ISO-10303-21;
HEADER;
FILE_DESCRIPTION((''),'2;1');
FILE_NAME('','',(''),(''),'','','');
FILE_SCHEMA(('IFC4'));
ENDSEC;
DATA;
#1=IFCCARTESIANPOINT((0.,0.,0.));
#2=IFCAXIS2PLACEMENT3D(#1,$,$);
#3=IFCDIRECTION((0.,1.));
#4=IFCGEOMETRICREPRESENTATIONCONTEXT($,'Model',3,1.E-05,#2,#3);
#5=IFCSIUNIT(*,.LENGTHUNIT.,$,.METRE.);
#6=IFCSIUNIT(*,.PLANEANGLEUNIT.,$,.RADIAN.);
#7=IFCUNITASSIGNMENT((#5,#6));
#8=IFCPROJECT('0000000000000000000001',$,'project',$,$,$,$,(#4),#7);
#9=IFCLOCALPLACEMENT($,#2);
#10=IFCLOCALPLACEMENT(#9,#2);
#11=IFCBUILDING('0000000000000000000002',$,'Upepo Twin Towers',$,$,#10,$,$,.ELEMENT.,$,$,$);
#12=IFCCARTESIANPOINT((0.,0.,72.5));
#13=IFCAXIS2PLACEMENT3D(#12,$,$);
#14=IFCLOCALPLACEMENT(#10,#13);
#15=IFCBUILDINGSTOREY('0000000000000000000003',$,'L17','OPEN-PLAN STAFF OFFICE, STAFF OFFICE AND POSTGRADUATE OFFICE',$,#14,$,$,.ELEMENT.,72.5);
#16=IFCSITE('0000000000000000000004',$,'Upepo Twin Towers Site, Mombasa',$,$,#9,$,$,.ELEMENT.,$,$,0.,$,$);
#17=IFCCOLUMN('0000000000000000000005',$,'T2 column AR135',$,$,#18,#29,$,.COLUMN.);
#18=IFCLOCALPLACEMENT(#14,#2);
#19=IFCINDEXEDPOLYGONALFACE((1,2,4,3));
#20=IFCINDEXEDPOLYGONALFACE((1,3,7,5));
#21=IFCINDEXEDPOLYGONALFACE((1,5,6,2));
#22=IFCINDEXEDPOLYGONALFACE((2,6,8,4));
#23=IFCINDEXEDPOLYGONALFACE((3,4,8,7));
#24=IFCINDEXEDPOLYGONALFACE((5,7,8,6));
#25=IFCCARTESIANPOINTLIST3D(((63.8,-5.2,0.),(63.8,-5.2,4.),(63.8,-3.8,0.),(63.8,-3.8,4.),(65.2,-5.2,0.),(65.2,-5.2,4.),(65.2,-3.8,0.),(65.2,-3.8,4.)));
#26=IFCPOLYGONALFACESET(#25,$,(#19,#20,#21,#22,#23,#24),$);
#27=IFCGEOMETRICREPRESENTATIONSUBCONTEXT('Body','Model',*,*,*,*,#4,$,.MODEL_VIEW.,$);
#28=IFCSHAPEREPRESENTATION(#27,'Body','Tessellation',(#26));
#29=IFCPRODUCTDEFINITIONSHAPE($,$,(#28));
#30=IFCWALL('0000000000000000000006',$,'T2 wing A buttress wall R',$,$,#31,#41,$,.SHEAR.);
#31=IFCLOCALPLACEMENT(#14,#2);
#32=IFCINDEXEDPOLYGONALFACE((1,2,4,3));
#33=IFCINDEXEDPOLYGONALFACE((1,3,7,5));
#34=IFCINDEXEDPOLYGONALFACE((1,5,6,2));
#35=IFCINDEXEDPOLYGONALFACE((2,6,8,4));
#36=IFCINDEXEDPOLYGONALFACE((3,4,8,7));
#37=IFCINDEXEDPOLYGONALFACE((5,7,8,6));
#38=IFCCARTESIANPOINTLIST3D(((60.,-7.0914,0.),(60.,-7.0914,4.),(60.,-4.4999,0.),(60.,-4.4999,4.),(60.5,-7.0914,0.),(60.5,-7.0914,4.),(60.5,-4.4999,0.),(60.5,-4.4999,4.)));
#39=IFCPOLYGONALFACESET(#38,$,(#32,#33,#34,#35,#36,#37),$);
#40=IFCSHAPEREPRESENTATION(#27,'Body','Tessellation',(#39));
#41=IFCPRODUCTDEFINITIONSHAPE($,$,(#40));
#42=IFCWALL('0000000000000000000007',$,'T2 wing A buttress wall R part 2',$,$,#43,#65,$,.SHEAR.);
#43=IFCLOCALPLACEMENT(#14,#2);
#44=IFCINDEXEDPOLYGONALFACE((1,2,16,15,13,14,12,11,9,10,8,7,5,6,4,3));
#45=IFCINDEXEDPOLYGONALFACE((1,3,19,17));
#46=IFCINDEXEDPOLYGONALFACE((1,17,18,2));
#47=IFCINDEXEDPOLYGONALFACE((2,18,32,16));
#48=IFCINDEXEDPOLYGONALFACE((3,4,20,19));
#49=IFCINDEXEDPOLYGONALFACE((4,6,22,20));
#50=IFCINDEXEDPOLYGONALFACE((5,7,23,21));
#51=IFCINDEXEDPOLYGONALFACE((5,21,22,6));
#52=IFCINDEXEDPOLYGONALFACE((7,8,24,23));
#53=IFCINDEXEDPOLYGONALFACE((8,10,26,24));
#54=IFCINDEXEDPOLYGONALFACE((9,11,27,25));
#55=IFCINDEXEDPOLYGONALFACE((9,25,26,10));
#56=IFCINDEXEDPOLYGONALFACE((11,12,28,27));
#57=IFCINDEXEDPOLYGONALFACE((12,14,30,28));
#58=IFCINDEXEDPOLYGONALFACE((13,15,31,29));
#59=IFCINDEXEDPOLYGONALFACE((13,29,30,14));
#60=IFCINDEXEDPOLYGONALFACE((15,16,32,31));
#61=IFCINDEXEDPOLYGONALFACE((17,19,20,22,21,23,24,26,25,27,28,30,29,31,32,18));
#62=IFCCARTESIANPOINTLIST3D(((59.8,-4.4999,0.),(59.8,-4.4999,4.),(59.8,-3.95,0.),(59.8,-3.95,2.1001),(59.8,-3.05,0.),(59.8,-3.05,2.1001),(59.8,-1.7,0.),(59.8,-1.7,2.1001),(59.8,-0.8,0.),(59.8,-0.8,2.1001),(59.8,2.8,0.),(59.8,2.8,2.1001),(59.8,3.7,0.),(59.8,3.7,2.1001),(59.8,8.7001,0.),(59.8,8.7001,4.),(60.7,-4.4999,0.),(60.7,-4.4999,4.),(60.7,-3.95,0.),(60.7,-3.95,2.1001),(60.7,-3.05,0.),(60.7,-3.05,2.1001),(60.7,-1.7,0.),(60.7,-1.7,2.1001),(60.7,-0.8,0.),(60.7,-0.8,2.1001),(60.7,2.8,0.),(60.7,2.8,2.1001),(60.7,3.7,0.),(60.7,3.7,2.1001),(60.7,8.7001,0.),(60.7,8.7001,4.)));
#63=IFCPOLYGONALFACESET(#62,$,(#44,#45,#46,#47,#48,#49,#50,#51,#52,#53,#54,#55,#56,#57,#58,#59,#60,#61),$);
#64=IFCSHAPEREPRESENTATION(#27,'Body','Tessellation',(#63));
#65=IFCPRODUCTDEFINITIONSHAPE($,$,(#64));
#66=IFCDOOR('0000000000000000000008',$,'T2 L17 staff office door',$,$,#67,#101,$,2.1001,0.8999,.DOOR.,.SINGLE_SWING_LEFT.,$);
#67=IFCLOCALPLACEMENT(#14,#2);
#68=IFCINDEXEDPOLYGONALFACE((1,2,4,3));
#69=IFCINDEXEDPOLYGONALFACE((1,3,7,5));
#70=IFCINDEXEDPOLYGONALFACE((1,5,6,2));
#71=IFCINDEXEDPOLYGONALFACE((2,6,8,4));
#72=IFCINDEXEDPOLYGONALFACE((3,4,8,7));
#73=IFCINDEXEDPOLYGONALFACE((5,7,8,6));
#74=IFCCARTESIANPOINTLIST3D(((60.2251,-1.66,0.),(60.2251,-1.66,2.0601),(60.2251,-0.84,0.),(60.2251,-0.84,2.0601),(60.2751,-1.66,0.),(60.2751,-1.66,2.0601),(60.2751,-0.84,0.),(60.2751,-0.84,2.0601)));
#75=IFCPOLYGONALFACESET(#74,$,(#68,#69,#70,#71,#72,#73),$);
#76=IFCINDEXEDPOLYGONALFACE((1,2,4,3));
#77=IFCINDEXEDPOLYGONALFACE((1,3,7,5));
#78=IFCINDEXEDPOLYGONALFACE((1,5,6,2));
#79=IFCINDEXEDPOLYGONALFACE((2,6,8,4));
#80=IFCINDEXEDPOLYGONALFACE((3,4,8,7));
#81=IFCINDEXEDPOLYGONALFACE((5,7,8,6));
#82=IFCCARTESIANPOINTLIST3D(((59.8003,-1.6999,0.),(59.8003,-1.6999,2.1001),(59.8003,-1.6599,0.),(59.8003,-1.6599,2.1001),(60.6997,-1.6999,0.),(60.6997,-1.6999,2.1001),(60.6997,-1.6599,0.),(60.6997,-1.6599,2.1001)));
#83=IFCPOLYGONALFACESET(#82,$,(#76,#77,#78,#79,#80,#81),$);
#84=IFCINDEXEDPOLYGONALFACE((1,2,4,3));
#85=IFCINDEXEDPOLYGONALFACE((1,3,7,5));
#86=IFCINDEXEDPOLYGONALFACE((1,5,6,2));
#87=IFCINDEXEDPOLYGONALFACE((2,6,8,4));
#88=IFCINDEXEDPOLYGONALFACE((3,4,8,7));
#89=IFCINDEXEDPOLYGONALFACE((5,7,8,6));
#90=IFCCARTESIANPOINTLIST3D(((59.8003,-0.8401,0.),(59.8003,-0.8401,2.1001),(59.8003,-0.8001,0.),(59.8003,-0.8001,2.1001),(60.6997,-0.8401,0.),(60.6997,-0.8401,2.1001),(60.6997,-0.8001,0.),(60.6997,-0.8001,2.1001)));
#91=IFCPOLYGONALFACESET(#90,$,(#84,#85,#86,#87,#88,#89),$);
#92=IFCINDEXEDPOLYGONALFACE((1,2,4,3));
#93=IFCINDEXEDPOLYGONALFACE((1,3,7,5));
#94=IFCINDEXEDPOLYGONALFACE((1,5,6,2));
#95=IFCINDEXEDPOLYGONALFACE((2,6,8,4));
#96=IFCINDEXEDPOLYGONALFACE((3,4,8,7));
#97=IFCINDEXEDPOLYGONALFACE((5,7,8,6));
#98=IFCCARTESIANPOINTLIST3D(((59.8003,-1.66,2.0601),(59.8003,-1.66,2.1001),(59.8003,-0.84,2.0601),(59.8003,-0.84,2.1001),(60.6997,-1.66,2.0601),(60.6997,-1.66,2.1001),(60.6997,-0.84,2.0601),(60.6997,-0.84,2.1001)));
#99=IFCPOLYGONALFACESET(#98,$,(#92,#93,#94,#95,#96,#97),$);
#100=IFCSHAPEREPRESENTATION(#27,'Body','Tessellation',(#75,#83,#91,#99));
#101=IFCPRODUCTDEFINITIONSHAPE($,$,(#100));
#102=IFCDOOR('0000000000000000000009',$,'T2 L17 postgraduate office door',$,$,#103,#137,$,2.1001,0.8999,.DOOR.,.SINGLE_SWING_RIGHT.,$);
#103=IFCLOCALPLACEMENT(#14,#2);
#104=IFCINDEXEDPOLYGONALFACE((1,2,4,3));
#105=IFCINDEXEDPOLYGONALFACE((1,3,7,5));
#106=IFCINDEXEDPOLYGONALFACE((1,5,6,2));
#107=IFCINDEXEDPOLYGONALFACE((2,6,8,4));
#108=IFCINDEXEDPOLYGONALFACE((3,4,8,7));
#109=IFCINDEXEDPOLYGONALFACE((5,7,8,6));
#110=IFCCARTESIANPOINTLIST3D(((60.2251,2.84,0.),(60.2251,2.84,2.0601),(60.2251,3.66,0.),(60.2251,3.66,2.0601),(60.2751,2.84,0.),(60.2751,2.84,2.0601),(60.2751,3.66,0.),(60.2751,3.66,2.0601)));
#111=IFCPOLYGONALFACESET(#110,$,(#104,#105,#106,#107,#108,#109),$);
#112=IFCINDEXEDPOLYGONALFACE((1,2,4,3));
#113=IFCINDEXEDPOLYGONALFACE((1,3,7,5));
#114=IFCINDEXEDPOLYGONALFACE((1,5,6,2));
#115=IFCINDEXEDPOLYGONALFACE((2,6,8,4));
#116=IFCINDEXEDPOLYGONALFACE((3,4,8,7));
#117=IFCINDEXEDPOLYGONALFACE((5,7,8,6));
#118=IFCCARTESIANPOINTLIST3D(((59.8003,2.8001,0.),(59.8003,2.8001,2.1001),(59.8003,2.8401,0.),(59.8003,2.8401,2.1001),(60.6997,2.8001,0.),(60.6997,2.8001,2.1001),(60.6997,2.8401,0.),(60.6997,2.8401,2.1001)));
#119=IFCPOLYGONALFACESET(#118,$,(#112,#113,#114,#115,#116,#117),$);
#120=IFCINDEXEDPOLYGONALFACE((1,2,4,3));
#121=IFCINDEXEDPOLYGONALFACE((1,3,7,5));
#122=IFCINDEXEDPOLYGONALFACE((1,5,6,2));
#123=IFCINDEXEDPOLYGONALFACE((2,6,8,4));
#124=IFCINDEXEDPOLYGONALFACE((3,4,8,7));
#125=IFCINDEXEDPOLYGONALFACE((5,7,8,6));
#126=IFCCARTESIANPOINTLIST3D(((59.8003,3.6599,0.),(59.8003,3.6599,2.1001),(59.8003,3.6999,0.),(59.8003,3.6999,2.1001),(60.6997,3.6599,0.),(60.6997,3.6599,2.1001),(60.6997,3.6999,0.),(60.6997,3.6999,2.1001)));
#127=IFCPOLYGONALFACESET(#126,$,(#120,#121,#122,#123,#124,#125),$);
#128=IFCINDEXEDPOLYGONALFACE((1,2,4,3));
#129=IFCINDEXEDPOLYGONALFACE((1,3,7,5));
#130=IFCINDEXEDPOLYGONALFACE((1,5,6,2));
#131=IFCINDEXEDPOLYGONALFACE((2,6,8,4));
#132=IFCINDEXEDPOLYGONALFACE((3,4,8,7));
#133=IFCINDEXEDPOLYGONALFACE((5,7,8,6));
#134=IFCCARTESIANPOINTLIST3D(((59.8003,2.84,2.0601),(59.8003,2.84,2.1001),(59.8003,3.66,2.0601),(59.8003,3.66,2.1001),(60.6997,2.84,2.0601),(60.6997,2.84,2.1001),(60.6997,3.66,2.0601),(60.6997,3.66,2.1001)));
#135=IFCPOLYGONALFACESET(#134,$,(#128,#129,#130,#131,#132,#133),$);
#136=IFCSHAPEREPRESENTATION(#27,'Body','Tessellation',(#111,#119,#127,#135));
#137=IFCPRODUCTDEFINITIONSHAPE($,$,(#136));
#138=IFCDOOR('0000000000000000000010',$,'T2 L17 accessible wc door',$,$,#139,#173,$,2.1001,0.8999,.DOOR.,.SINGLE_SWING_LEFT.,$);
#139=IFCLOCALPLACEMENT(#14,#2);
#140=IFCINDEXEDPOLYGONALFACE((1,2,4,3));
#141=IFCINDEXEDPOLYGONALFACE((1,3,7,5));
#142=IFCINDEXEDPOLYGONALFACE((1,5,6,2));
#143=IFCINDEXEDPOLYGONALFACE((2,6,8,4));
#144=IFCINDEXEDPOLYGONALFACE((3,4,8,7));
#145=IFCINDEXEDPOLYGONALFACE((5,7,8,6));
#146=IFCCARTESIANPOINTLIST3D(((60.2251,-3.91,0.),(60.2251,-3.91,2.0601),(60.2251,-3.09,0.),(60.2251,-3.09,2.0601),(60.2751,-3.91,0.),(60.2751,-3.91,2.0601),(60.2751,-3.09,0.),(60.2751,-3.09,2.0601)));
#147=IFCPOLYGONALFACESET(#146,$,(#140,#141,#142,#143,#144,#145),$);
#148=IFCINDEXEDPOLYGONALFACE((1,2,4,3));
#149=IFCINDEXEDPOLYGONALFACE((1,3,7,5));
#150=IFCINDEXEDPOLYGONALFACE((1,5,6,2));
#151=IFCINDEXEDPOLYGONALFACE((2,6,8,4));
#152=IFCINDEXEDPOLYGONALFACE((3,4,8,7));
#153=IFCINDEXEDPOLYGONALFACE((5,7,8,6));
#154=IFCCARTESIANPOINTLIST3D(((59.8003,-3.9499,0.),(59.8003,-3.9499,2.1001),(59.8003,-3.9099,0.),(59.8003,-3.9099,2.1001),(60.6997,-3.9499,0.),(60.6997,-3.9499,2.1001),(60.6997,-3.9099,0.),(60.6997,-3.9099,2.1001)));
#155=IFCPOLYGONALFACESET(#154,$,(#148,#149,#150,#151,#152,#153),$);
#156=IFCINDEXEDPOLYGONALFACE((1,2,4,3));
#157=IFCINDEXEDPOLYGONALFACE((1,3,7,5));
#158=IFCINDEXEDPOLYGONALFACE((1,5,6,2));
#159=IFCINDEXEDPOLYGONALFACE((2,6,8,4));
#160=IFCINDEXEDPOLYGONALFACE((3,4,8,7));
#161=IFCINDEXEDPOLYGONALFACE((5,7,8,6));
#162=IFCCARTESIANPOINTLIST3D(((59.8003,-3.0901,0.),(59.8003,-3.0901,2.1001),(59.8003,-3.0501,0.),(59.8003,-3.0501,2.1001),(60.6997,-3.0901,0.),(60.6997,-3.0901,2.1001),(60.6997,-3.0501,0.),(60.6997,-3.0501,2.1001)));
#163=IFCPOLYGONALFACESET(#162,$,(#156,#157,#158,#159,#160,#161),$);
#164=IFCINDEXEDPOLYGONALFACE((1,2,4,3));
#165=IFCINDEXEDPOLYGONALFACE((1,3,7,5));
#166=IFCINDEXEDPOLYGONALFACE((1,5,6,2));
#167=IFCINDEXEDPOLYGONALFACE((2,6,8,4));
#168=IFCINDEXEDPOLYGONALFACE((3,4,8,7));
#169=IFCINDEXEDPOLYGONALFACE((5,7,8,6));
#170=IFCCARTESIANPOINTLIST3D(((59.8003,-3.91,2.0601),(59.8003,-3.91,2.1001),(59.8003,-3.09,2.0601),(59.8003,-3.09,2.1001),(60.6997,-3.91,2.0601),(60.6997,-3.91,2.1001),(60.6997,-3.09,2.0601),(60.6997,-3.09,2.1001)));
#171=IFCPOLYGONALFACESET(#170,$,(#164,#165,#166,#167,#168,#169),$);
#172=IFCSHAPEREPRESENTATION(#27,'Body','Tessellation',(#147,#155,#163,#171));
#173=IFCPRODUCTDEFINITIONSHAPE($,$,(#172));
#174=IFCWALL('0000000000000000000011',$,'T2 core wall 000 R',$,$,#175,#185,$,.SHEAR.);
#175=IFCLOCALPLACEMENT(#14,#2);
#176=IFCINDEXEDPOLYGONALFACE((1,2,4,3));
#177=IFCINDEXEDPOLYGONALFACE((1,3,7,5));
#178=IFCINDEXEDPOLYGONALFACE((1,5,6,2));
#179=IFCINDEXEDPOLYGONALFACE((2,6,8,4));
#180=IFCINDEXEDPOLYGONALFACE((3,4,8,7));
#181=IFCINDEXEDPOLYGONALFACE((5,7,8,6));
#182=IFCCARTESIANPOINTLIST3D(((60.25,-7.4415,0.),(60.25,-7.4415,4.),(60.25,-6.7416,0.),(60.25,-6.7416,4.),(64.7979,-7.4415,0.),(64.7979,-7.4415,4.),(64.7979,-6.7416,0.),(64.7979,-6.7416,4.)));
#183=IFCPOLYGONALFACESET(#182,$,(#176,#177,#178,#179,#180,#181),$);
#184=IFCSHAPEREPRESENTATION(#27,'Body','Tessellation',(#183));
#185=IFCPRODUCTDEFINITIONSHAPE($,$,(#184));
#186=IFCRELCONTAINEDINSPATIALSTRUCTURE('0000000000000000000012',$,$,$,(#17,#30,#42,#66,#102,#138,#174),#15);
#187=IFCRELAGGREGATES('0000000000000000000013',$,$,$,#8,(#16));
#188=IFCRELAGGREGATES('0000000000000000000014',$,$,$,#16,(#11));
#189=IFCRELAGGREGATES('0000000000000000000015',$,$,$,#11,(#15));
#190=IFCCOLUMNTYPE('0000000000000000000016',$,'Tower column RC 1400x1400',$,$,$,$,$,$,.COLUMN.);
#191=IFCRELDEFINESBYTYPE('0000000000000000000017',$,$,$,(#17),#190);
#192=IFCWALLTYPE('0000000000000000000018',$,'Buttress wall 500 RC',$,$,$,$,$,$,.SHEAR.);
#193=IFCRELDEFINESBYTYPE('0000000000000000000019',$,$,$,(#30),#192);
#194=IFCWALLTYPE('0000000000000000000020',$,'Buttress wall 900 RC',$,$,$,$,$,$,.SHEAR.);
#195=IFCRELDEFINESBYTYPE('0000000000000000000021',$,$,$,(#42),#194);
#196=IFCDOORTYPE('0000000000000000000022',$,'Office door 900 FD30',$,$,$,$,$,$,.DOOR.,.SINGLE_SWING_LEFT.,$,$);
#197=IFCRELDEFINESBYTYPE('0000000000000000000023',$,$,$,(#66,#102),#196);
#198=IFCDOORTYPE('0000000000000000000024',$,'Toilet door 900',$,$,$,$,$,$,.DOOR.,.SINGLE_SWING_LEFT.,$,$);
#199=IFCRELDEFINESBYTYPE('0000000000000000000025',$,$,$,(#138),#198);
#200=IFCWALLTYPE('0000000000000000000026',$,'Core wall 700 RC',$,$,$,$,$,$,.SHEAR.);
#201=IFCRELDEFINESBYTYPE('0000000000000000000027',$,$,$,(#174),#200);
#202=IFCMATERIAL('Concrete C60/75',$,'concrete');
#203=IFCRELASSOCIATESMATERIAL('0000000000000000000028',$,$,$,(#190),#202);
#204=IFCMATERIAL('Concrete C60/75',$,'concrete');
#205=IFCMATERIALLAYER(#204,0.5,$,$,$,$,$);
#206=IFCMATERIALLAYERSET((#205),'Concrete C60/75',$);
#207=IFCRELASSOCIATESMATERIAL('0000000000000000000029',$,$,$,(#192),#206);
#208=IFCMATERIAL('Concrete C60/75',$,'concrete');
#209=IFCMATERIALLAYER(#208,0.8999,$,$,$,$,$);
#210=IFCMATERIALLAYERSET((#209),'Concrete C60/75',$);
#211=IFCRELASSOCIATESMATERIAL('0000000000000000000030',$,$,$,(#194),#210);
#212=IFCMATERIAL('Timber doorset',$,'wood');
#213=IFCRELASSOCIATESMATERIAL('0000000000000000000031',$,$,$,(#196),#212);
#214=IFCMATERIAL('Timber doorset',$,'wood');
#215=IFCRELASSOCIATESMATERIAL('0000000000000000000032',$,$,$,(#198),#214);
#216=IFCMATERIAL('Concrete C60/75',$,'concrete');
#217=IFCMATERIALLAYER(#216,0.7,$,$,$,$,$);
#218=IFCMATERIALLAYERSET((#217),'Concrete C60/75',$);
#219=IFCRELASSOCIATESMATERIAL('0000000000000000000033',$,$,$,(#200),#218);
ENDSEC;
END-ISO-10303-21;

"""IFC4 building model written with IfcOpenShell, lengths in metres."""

from ifc_helpers import new_model, si_unit, direction, frame, frame_2d, origin, origin_2d, place, context, subcontext, project, spatial, rectangle, extrude, material, layer, layer_set, material_profile, profile_set, type_object, element, fill, save


model = new_model("IFC4")

# Units and contexts
model_context = context("Model", 3, precision=1e-05, world=origin(), true_north=direction((0.0, 1.0)))
body_context = subcontext(model_context, "Body", "Model", "MODEL_VIEW")
ifc_project = project(units=[si_unit("LENGTHUNIT", "METRE"), si_unit("PLANEANGLEUNIT", "RADIAN")], contexts=[model_context])

# Site, building, storey
site_placement = place(None, origin())
site = spatial("IfcSite", under=ifc_project, at=site_placement, Name="Upepo Twin Towers Site, Mombasa", CompositionType="ELEMENT", RefElevation=0.0)
building_placement = place(site_placement, origin())
building = spatial("IfcBuilding", under=site, at=building_placement, Name="Upepo Twin Towers", CompositionType="ELEMENT")
storey_placement = place(building_placement, frame((0.0, 0.0, 72.5)))
storey = spatial("IfcBuildingStorey", under=building, at=storey_placement, Name="L17", Description="OPEN-PLAN STAFF OFFICE, STAFF OFFICE AND POSTGRADUATE OFFICE", CompositionType="ELEMENT", Elevation=72.5)

# Column
ifc_material_1 = material(Name="Concrete C60/75", Category="concrete")
ifc_material_profile = material_profile(ifc_material_1, rectangle(XDim=1.3999, YDim=1.3999, at=origin_2d()), Name="RC 1400x1400")
ifc_profile_set = profile_set([ifc_material_profile], Name="Concrete C60/75")
column_type = type_object("IfcColumnType", Name="Tower column RC 1400x1400", PredefinedType="COLUMN", material=ifc_profile_set)
column_placement = place(storey_placement, frame((64.5, -4.5, 0.0), z_axis=(0.0, 0.0, 1.0), x_axis=(1.0, 0.0, 0.0)))
element("IfcColumn", 1, at=column_placement, inside=storey, type_object=column_type, Name="T2 column AR135", PredefinedType="COLUMN", context=body_context, shape_type="SweptSolid", body=[
    extrude(rectangle(XDim=1.3999, YDim=1.3999, at=origin_2d()), origin(), (0.0, 0.0, 1.0), 4.0),
])

# Wall
ifc_material_2 = material(Name="Concrete C60/75", Category="concrete")
ifc_layer_1 = layer(ifc_material_2, 0.5)
ifc_layer_set_1 = layer_set([ifc_layer_1], Name="Concrete C60/75")
wall_type_1 = type_object("IfcWallType", Name="Buttress wall 500 RC", PredefinedType="SHEAR", material=ifc_layer_set_1)
wall_1_placement = place(storey_placement, frame((60.25, -7.0916, 0.0), z_axis=(0.0, 0.0, 1.0), x_axis=(0.0, 1.0, 0.0)))
element("IfcWall", 2, at=wall_1_placement, inside=storey, type_object=wall_type_1, Name="T2 wing A buttress wall R", PredefinedType="SHEAR", context=body_context, shape_type="SweptSolid", body=[
    extrude(rectangle(XDim=2.5916, YDim=0.5, at=frame_2d((1.2959, 0.0))), origin(), (0.0, 0.0, 1.0), 4.0),
])

# Wall, openings, doors
ifc_material_3 = material(Name="Concrete C60/75", Category="concrete")
ifc_layer_2 = layer(ifc_material_3, 0.8999)
ifc_layer_set_2 = layer_set([ifc_layer_2], Name="Concrete C60/75")
wall_type_2 = type_object("IfcWallType", Name="Buttress wall 900 RC", PredefinedType="SHEAR", material=ifc_layer_set_2)
wall_2_placement = place(storey_placement, frame((60.25, -4.5, 0.0), z_axis=(0.0, 0.0, 1.0), x_axis=(0.0, 1.0, 0.0)))
wall_2 = element("IfcWall", 3, at=wall_2_placement, inside=storey, type_object=wall_type_2, Name="T2 wing A buttress wall R part 2", PredefinedType="SHEAR", context=body_context, shape_type="SweptSolid", body=[
    extrude(rectangle(XDim=13.2, YDim=0.8999, at=frame_2d((6.6001, 0.0))), origin(), (0.0, 0.0, 1.0), 4.0),
])
opening_1_placement = place(wall_2_placement, frame((0.55, 0.0, 0.0)))
opening_1 = element("IfcOpeningElement", 4, at=opening_1_placement, cuts=wall_2, PredefinedType="OPENING", context=body_context, shape_type="SweptSolid", body=[
    extrude(rectangle(XDim=0.8999, YDim=2.1001, at=frame_2d((0.45, 1.05))), frame((0.0, 0.46, 0.0), z_axis=(0.0, -1.0, 0.0), x_axis=(1.0, 0.0, 0.0)), (0.0, 0.0, 1.0), 0.9199),
])
opening_2_placement = place(wall_2_placement, frame((2.8, 0.0, 0.0)))
opening_2 = element("IfcOpeningElement", 5, at=opening_2_placement, cuts=wall_2, PredefinedType="OPENING", context=body_context, shape_type="SweptSolid", body=[
    extrude(rectangle(XDim=0.8999, YDim=2.1001, at=frame_2d((0.45, 1.05))), frame((0.0, 0.46, 0.0), z_axis=(0.0, -1.0, 0.0), x_axis=(1.0, 0.0, 0.0)), (0.0, 0.0, 1.0), 0.9199),
])
opening_3_placement = place(wall_2_placement, frame((7.3, 0.0, 0.0)))
opening_3 = element("IfcOpeningElement", 6, at=opening_3_placement, cuts=wall_2, PredefinedType="OPENING", context=body_context, shape_type="SweptSolid", body=[
    extrude(rectangle(XDim=0.8999, YDim=2.1001, at=frame_2d((0.45, 1.05))), frame((0.0, 0.46, 0.0), z_axis=(0.0, -1.0, 0.0), x_axis=(1.0, 0.0, 0.0)), (0.0, 0.0, 1.0), 0.9199),
])
ifc_material_4 = material(Name="Timber doorset", Category="wood")
door_type_1 = type_object("IfcDoorType", Name="Office door 900 FD30", OperationType="SINGLE_SWING_LEFT", PredefinedType="DOOR", material=ifc_material_4)
door_1_placement = place(opening_2_placement, origin())
door_1 = element("IfcDoor", 7, at=door_1_placement, inside=storey, type_object=door_type_1, Name="T2 L17 staff office door", OperationType="SINGLE_SWING_LEFT", OverallHeight=2.1001, OverallWidth=0.8999, PredefinedType="DOOR", context=body_context, shape_type="SweptSolid", body=[
    extrude(rectangle(XDim=0.8199, YDim=2.0601, at=frame_2d((0.45, 1.03))), frame((0.0, 0.0249, 0.0), z_axis=(0.0, -1.0, 0.0), x_axis=(1.0, 0.0, 0.0)), (0.0, 0.0, 1.0), 0.05),
    extrude(rectangle(XDim=0.04, YDim=2.1001, at=frame_2d((0.02, 1.05))), frame((0.0, 0.4497, 0.0), z_axis=(0.0, -1.0, 0.0), x_axis=(1.0, 0.0, 0.0)), (0.0, 0.0, 1.0), 0.8994),
    extrude(rectangle(XDim=0.04, YDim=2.1001, at=frame_2d((0.8799, 1.05))), frame((0.0, 0.4497, 0.0), z_axis=(0.0, -1.0, 0.0), x_axis=(1.0, 0.0, 0.0)), (0.0, 0.0, 1.0), 0.8994),
    extrude(rectangle(XDim=0.8199, YDim=0.04, at=frame_2d((0.45, 2.0801))), frame((0.0, 0.4497, 0.0), z_axis=(0.0, -1.0, 0.0), x_axis=(1.0, 0.0, 0.0)), (0.0, 0.0, 1.0), 0.8994),
])
fill(opening_2, door_1)
door_2_placement = place(opening_3_placement, origin())
door_2 = element("IfcDoor", 8, at=door_2_placement, inside=storey, type_object=door_type_1, Name="T2 L17 postgraduate office door", OperationType="SINGLE_SWING_RIGHT", OverallHeight=2.1001, OverallWidth=0.8999, PredefinedType="DOOR", context=body_context, shape_type="SweptSolid", body=[
    extrude(rectangle(XDim=0.8199, YDim=2.0601, at=frame_2d((0.45, 1.03))), frame((0.0, 0.0249, 0.0), z_axis=(0.0, -1.0, 0.0), x_axis=(1.0, 0.0, 0.0)), (0.0, 0.0, 1.0), 0.05),
    extrude(rectangle(XDim=0.04, YDim=2.1001, at=frame_2d((0.02, 1.05))), frame((0.0, 0.4497, 0.0), z_axis=(0.0, -1.0, 0.0), x_axis=(1.0, 0.0, 0.0)), (0.0, 0.0, 1.0), 0.8994),
    extrude(rectangle(XDim=0.04, YDim=2.1001, at=frame_2d((0.8799, 1.05))), frame((0.0, 0.4497, 0.0), z_axis=(0.0, -1.0, 0.0), x_axis=(1.0, 0.0, 0.0)), (0.0, 0.0, 1.0), 0.8994),
    extrude(rectangle(XDim=0.8199, YDim=0.04, at=frame_2d((0.45, 2.0801))), frame((0.0, 0.4497, 0.0), z_axis=(0.0, -1.0, 0.0), x_axis=(1.0, 0.0, 0.0)), (0.0, 0.0, 1.0), 0.8994),
])
fill(opening_3, door_2)
ifc_material_5 = material(Name="Timber doorset", Category="wood")
door_type_2 = type_object("IfcDoorType", Name="Toilet door 900", OperationType="SINGLE_SWING_LEFT", PredefinedType="DOOR", material=ifc_material_5)
door_3_placement = place(opening_1_placement, origin())
door_3 = element("IfcDoor", 9, at=door_3_placement, inside=storey, type_object=door_type_2, Name="T2 L17 accessible wc door", OperationType="SINGLE_SWING_LEFT", OverallHeight=2.1001, OverallWidth=0.8999, PredefinedType="DOOR", context=body_context, shape_type="SweptSolid", body=[
    extrude(rectangle(XDim=0.8199, YDim=2.0601, at=frame_2d((0.45, 1.03))), frame((0.0, 0.0249, 0.0), z_axis=(0.0, -1.0, 0.0), x_axis=(1.0, 0.0, 0.0)), (0.0, 0.0, 1.0), 0.05),
    extrude(rectangle(XDim=0.04, YDim=2.1001, at=frame_2d((0.02, 1.05))), frame((0.0, 0.4497, 0.0), z_axis=(0.0, -1.0, 0.0), x_axis=(1.0, 0.0, 0.0)), (0.0, 0.0, 1.0), 0.8994),
    extrude(rectangle(XDim=0.04, YDim=2.1001, at=frame_2d((0.8799, 1.05))), frame((0.0, 0.4497, 0.0), z_axis=(0.0, -1.0, 0.0), x_axis=(1.0, 0.0, 0.0)), (0.0, 0.0, 1.0), 0.8994),
    extrude(rectangle(XDim=0.8199, YDim=0.04, at=frame_2d((0.45, 2.0801))), frame((0.0, 0.4497, 0.0), z_axis=(0.0, -1.0, 0.0), x_axis=(1.0, 0.0, 0.0)), (0.0, 0.0, 1.0), 0.8994),
])
fill(opening_1, door_3)

# Wall
ifc_material_6 = material(Name="Concrete C60/75", Category="concrete")
ifc_layer_3 = layer(ifc_material_6, 0.7)
ifc_layer_set_3 = layer_set([ifc_layer_3], Name="Concrete C60/75")
wall_type_3 = type_object("IfcWallType", Name="Core wall 700 RC", PredefinedType="SHEAR", material=ifc_layer_set_3)
wall_3_placement = place(storey_placement, frame((64.7979, -7.0916, 0.0), z_axis=(0.0, 0.0, 1.0), x_axis=(-1.0, 0.0, 0.0)))
element("IfcWall", 10, at=wall_3_placement, inside=storey, type_object=wall_type_3, Name="T2 core wall 000 R", PredefinedType="SHEAR", context=body_context, shape_type="SweptSolid", body=[
    extrude(rectangle(XDim=4.5479, YDim=0.7, at=frame_2d((2.2739, 0.0))), origin(), (0.0, 0.0, 1.0), 4.0),
])

save(model, "model.ifc")
